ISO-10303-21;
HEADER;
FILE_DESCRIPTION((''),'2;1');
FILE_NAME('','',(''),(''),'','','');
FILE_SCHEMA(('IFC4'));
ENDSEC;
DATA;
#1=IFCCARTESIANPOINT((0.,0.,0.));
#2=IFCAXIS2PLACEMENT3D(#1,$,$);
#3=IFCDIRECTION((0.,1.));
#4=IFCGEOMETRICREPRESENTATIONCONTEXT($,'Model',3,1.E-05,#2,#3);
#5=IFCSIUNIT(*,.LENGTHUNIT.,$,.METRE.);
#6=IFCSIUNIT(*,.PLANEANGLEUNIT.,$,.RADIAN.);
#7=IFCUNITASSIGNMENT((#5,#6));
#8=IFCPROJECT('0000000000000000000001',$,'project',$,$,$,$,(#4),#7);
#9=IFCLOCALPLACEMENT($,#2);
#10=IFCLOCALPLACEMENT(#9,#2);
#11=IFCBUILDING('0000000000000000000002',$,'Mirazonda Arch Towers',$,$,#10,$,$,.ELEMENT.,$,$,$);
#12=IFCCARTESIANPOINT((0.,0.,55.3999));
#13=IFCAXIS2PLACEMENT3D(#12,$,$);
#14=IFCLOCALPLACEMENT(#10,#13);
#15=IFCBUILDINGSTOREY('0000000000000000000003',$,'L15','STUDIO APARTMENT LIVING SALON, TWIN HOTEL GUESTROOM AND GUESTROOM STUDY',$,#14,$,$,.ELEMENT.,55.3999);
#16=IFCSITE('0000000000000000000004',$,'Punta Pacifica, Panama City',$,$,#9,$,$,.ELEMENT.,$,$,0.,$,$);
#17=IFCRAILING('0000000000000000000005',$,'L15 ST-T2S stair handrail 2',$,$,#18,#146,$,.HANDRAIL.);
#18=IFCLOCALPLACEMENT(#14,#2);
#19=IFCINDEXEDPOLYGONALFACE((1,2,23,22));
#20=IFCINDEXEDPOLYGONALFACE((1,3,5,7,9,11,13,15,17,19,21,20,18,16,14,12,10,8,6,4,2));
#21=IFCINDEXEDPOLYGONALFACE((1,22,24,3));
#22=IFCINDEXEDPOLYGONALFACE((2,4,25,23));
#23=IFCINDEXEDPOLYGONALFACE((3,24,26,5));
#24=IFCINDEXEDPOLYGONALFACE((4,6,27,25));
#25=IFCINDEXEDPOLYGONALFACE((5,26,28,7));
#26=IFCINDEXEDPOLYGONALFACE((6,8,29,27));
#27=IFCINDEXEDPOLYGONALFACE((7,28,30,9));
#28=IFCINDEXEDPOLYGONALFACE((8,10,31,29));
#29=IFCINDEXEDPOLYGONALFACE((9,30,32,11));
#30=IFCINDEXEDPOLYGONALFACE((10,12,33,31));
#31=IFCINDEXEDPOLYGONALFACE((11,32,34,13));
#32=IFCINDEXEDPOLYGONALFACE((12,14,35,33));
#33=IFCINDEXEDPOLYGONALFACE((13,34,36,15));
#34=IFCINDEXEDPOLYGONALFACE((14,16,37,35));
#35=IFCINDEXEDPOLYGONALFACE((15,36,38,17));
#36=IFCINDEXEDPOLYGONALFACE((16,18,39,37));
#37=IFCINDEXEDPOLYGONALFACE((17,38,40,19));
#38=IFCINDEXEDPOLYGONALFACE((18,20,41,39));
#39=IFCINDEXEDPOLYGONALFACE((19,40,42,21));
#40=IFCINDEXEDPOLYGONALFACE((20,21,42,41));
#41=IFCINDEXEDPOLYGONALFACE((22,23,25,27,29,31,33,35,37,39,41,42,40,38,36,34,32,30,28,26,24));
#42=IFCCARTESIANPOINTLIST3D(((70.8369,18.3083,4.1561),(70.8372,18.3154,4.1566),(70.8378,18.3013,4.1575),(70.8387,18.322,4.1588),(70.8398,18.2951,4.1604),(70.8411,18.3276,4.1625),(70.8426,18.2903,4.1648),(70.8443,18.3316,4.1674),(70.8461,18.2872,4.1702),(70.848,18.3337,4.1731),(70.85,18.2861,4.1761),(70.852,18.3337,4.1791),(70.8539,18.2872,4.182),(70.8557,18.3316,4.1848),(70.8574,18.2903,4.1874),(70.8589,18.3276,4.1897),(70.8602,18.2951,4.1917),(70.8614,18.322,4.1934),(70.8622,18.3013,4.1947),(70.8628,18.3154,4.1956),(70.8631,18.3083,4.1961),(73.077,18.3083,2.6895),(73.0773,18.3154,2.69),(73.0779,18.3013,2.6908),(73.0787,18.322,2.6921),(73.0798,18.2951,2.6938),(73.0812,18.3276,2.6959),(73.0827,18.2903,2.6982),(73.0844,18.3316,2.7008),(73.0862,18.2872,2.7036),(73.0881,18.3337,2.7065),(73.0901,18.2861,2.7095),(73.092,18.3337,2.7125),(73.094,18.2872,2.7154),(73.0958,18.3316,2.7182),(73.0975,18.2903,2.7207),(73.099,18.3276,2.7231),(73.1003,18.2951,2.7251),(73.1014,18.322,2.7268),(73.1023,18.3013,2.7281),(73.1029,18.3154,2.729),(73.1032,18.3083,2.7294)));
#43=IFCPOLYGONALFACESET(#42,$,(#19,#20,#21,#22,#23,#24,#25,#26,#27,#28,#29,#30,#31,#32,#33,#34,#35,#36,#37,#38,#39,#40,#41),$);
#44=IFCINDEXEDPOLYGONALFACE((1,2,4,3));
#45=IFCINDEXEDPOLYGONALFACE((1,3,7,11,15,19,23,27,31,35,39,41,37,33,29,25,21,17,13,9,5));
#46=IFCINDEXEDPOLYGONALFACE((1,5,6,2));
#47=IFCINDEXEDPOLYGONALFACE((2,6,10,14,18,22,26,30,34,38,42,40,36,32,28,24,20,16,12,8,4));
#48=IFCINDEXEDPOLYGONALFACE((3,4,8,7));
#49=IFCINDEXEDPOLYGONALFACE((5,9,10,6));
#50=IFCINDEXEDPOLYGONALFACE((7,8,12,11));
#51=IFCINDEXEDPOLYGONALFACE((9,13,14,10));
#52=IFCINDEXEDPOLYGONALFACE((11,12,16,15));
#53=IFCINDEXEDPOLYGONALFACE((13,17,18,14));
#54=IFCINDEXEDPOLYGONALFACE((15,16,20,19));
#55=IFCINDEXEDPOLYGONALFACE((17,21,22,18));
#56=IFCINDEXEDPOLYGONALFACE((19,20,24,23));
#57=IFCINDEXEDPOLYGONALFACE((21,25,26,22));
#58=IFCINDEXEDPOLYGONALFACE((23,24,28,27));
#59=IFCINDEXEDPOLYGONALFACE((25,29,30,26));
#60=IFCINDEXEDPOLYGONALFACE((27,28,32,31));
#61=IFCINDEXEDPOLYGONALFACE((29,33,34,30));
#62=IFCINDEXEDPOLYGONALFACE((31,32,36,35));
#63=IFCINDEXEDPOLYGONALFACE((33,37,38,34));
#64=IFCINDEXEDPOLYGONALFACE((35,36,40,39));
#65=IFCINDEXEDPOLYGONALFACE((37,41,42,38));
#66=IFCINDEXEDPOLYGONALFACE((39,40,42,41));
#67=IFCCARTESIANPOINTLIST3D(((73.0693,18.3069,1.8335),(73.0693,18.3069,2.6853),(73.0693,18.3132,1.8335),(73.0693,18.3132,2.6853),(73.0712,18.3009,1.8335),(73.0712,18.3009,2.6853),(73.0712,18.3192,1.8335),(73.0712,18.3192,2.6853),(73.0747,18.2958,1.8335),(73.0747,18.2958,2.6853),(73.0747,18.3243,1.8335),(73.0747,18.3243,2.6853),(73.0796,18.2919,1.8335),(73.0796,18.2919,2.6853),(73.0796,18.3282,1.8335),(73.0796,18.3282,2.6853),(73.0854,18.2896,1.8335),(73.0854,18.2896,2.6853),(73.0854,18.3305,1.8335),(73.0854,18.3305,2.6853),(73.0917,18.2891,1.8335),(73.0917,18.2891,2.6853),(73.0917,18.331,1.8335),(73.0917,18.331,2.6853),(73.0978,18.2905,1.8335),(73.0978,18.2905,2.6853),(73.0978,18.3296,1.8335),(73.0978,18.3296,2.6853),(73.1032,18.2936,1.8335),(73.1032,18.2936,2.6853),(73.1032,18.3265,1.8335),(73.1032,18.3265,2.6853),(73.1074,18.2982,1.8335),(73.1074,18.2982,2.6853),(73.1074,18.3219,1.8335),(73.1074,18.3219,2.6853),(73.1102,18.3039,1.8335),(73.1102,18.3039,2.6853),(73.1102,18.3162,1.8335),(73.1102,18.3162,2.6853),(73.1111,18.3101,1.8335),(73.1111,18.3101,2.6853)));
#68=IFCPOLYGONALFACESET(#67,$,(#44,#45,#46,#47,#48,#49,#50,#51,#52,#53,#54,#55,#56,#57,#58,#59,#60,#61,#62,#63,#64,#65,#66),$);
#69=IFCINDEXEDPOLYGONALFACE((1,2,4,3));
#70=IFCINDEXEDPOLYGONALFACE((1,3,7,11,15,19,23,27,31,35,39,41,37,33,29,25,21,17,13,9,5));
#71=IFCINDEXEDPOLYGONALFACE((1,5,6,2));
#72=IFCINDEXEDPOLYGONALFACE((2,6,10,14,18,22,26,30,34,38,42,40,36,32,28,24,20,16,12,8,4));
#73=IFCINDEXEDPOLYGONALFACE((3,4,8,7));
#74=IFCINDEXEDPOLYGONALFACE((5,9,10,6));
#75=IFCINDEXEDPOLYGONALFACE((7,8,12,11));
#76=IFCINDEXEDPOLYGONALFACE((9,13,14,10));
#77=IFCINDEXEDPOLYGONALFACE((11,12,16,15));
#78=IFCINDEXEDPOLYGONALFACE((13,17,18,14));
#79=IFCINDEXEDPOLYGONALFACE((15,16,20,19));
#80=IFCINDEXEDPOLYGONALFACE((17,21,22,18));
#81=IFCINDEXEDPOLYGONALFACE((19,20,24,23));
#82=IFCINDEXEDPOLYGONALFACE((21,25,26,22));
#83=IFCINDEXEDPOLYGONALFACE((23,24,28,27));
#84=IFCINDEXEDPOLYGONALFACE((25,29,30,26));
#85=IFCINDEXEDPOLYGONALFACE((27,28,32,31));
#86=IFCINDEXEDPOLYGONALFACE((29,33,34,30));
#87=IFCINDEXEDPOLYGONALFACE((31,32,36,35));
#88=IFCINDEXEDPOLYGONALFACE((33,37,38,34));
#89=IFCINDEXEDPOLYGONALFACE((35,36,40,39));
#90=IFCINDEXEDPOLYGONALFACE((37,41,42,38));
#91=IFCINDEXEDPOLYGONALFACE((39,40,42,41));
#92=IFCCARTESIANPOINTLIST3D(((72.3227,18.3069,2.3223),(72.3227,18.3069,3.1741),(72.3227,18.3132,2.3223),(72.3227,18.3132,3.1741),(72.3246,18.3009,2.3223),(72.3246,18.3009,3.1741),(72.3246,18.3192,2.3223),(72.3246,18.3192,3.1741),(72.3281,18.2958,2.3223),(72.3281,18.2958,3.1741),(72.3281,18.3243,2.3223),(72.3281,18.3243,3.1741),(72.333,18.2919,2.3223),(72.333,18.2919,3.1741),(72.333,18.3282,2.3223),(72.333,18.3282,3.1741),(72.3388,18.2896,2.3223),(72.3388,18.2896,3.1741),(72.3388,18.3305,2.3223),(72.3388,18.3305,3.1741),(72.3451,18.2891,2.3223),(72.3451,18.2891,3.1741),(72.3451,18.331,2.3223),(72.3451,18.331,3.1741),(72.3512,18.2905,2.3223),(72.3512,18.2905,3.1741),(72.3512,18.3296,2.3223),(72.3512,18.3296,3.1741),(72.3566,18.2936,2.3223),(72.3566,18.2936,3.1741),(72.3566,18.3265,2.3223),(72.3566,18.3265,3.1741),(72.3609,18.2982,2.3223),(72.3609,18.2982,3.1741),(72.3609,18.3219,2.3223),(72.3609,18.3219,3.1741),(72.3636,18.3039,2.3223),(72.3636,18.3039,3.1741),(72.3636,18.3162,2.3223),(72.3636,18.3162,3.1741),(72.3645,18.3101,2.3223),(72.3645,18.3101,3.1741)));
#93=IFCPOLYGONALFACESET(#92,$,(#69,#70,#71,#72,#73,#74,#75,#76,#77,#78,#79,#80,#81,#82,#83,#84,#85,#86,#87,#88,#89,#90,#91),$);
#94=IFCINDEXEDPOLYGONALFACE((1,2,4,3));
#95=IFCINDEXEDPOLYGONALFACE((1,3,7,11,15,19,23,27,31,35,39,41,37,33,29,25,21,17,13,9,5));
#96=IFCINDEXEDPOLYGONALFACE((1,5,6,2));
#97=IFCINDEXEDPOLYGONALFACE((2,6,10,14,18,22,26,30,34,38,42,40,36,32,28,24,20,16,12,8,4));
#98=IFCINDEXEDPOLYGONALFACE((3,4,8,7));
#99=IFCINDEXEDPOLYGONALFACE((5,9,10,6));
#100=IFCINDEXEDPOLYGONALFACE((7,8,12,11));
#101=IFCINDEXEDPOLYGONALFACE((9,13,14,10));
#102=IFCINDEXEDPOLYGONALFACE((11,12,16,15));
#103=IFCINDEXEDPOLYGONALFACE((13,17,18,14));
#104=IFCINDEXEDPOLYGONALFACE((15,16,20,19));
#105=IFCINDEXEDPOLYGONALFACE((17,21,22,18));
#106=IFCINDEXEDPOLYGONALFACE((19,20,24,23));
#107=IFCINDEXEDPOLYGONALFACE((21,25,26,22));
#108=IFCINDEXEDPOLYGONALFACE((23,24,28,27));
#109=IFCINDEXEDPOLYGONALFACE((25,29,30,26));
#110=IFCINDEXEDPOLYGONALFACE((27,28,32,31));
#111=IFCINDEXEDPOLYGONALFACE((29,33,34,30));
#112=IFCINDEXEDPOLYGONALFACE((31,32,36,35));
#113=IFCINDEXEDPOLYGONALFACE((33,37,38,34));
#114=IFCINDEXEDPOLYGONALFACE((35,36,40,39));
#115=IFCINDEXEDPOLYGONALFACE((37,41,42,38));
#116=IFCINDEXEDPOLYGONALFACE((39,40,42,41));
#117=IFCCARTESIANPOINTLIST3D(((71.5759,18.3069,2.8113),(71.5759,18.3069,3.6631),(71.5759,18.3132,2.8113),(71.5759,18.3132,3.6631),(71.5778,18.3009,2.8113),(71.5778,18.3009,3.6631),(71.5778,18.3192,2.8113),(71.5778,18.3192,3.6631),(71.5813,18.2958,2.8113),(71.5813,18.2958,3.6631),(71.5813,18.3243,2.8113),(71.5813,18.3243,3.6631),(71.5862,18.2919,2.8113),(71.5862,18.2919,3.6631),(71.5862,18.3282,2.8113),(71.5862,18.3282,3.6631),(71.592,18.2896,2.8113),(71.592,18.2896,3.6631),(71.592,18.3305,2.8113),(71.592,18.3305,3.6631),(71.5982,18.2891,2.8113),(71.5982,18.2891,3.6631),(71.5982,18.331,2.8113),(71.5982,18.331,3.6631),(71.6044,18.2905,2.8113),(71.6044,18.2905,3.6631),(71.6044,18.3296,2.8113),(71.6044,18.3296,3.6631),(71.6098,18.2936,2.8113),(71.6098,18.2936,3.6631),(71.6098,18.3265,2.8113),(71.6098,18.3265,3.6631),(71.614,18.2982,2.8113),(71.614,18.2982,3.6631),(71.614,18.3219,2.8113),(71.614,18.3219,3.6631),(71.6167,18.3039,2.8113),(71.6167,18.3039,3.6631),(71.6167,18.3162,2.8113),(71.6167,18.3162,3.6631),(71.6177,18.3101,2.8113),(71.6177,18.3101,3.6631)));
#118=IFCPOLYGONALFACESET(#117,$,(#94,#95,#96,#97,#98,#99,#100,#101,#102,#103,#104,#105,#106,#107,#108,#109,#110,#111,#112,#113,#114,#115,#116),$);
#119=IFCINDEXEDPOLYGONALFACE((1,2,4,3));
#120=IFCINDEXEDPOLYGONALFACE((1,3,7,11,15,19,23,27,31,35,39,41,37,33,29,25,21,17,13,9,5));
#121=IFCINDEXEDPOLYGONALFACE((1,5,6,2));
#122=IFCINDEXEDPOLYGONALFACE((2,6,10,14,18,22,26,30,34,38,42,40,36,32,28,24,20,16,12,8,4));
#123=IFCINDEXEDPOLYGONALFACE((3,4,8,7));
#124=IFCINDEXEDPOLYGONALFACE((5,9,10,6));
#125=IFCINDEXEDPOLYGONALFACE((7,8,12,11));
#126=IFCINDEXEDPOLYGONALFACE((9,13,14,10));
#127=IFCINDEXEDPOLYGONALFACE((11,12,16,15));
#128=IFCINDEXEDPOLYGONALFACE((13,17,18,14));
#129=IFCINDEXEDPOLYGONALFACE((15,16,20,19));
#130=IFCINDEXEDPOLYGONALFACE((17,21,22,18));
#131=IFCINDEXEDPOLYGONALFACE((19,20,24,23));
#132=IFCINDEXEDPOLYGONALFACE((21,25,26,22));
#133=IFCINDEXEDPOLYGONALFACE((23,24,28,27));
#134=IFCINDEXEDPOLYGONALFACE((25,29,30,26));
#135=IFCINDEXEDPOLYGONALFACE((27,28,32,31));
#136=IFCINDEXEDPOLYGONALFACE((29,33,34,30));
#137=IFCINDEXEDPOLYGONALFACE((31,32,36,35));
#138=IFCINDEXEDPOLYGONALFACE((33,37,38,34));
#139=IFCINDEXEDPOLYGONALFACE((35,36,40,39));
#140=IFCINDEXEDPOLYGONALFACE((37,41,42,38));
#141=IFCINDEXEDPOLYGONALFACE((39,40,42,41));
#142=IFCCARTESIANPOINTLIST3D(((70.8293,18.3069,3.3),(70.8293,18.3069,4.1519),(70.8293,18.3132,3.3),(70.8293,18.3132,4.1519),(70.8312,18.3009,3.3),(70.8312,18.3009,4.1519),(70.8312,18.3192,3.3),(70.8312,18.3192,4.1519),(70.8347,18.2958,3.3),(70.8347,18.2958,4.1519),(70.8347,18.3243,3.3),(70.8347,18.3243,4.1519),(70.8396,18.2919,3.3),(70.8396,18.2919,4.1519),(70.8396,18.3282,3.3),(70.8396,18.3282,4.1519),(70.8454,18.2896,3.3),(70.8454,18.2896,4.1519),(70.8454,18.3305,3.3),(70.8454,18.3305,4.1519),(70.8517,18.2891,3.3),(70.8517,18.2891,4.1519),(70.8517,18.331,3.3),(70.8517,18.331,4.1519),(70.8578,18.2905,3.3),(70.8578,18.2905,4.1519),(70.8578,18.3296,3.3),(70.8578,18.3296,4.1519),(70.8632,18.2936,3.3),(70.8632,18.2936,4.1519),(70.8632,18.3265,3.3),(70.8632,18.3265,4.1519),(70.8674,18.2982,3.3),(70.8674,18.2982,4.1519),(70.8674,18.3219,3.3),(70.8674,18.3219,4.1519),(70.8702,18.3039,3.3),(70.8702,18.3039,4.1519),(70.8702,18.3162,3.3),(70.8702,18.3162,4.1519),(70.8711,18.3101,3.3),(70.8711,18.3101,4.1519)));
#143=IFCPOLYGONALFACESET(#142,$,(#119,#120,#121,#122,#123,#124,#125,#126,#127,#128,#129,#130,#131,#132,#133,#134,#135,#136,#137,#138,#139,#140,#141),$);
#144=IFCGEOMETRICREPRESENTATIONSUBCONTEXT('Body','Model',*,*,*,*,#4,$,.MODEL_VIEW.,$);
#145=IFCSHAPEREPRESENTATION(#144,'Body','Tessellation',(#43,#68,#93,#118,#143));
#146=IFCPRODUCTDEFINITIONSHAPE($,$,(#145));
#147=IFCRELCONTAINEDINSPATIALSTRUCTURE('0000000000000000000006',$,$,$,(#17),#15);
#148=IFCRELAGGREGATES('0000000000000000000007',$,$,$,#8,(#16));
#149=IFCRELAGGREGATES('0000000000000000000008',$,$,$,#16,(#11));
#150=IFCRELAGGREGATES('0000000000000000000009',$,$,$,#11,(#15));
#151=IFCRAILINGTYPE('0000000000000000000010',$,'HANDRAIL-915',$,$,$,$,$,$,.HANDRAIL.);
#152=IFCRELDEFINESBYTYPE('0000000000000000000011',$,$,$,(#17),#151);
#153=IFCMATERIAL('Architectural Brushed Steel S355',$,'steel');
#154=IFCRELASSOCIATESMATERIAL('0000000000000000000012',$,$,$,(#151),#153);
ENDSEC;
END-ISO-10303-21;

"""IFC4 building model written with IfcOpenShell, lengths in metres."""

from ifc_helpers import new_model, si_unit, direction, frame, origin, origin_2d, place, context, subcontext, project, spatial, circle, extrude, material, type_object, element, save


model = new_model("IFC4")

# Units and contexts
model_context = context("Model", 3, precision=1e-05, world=origin(), true_north=direction((0.0, 1.0)))
body_context = subcontext(model_context, "Body", "Model", "MODEL_VIEW")
ifc_project = project(units=[si_unit("LENGTHUNIT", "METRE"), si_unit("PLANEANGLEUNIT", "RADIAN")], contexts=[model_context])

# Site, building, storey
site_placement = place(None, origin())
site = spatial("IfcSite", under=ifc_project, at=site_placement, Name="Punta Pacifica, Panama City", CompositionType="ELEMENT", RefElevation=0.0)
building_placement = place(site_placement, origin())
building = spatial("IfcBuilding", under=site, at=building_placement, Name="Mirazonda Arch Towers", CompositionType="ELEMENT")
storey_placement = place(building_placement, frame((0.0, 0.0, 55.3999)))
storey = spatial("IfcBuildingStorey", under=building, at=storey_placement, Name="L15", Description="STUDIO APARTMENT LIVING SALON, TWIN HOTEL GUESTROOM AND GUESTROOM STUDY", CompositionType="ELEMENT", Elevation=55.3999)

# Railing
ifc_material_1 = material(Name="Architectural Brushed Steel S355", Category="steel")
railing_type_1 = type_object("IfcRailingType", Name="HANDRAIL-915", PredefinedType="HANDRAIL", material=ifc_material_1)
railing_1_placement = place(storey_placement, frame((73.0901, 18.3101, 1.8335)))
element("IfcRailing", 1, at=railing_1_placement, inside=storey, type_object=railing_type_1, Name="L15 ST-T2S stair handrail 2", PredefinedType="HANDRAIL", context=body_context, shape_type="SweptSolid", body=[
    extrude(circle(Radius=0.0239, at=origin_2d()), frame((0.0, 0.0, 0.876), z_axis=(-0.836637, 0.0, 0.547758), x_axis=(0.0, -1.0, 0.0)), (0.0, 0.0, 1.0), 2.6775),
    extrude(circle(Radius=0.021, at=origin_2d()), origin(), (0.0, 0.0, 1.0), 0.8518),
    extrude(circle(Radius=0.021, at=origin_2d()), frame((-0.7466, 0.0, 0.4888)), (0.0, 0.0, 1.0), 0.8518),
    extrude(circle(Radius=0.021, at=origin_2d()), frame((-1.4934, 0.0, 0.9778)), (0.0, 0.0, 1.0), 0.8518),
    extrude(circle(Radius=0.021, at=origin_2d()), frame((-2.24, 0.0, 1.4666)), (0.0, 0.0, 1.0), 0.8518),
])

save(model, "model.ifc")
